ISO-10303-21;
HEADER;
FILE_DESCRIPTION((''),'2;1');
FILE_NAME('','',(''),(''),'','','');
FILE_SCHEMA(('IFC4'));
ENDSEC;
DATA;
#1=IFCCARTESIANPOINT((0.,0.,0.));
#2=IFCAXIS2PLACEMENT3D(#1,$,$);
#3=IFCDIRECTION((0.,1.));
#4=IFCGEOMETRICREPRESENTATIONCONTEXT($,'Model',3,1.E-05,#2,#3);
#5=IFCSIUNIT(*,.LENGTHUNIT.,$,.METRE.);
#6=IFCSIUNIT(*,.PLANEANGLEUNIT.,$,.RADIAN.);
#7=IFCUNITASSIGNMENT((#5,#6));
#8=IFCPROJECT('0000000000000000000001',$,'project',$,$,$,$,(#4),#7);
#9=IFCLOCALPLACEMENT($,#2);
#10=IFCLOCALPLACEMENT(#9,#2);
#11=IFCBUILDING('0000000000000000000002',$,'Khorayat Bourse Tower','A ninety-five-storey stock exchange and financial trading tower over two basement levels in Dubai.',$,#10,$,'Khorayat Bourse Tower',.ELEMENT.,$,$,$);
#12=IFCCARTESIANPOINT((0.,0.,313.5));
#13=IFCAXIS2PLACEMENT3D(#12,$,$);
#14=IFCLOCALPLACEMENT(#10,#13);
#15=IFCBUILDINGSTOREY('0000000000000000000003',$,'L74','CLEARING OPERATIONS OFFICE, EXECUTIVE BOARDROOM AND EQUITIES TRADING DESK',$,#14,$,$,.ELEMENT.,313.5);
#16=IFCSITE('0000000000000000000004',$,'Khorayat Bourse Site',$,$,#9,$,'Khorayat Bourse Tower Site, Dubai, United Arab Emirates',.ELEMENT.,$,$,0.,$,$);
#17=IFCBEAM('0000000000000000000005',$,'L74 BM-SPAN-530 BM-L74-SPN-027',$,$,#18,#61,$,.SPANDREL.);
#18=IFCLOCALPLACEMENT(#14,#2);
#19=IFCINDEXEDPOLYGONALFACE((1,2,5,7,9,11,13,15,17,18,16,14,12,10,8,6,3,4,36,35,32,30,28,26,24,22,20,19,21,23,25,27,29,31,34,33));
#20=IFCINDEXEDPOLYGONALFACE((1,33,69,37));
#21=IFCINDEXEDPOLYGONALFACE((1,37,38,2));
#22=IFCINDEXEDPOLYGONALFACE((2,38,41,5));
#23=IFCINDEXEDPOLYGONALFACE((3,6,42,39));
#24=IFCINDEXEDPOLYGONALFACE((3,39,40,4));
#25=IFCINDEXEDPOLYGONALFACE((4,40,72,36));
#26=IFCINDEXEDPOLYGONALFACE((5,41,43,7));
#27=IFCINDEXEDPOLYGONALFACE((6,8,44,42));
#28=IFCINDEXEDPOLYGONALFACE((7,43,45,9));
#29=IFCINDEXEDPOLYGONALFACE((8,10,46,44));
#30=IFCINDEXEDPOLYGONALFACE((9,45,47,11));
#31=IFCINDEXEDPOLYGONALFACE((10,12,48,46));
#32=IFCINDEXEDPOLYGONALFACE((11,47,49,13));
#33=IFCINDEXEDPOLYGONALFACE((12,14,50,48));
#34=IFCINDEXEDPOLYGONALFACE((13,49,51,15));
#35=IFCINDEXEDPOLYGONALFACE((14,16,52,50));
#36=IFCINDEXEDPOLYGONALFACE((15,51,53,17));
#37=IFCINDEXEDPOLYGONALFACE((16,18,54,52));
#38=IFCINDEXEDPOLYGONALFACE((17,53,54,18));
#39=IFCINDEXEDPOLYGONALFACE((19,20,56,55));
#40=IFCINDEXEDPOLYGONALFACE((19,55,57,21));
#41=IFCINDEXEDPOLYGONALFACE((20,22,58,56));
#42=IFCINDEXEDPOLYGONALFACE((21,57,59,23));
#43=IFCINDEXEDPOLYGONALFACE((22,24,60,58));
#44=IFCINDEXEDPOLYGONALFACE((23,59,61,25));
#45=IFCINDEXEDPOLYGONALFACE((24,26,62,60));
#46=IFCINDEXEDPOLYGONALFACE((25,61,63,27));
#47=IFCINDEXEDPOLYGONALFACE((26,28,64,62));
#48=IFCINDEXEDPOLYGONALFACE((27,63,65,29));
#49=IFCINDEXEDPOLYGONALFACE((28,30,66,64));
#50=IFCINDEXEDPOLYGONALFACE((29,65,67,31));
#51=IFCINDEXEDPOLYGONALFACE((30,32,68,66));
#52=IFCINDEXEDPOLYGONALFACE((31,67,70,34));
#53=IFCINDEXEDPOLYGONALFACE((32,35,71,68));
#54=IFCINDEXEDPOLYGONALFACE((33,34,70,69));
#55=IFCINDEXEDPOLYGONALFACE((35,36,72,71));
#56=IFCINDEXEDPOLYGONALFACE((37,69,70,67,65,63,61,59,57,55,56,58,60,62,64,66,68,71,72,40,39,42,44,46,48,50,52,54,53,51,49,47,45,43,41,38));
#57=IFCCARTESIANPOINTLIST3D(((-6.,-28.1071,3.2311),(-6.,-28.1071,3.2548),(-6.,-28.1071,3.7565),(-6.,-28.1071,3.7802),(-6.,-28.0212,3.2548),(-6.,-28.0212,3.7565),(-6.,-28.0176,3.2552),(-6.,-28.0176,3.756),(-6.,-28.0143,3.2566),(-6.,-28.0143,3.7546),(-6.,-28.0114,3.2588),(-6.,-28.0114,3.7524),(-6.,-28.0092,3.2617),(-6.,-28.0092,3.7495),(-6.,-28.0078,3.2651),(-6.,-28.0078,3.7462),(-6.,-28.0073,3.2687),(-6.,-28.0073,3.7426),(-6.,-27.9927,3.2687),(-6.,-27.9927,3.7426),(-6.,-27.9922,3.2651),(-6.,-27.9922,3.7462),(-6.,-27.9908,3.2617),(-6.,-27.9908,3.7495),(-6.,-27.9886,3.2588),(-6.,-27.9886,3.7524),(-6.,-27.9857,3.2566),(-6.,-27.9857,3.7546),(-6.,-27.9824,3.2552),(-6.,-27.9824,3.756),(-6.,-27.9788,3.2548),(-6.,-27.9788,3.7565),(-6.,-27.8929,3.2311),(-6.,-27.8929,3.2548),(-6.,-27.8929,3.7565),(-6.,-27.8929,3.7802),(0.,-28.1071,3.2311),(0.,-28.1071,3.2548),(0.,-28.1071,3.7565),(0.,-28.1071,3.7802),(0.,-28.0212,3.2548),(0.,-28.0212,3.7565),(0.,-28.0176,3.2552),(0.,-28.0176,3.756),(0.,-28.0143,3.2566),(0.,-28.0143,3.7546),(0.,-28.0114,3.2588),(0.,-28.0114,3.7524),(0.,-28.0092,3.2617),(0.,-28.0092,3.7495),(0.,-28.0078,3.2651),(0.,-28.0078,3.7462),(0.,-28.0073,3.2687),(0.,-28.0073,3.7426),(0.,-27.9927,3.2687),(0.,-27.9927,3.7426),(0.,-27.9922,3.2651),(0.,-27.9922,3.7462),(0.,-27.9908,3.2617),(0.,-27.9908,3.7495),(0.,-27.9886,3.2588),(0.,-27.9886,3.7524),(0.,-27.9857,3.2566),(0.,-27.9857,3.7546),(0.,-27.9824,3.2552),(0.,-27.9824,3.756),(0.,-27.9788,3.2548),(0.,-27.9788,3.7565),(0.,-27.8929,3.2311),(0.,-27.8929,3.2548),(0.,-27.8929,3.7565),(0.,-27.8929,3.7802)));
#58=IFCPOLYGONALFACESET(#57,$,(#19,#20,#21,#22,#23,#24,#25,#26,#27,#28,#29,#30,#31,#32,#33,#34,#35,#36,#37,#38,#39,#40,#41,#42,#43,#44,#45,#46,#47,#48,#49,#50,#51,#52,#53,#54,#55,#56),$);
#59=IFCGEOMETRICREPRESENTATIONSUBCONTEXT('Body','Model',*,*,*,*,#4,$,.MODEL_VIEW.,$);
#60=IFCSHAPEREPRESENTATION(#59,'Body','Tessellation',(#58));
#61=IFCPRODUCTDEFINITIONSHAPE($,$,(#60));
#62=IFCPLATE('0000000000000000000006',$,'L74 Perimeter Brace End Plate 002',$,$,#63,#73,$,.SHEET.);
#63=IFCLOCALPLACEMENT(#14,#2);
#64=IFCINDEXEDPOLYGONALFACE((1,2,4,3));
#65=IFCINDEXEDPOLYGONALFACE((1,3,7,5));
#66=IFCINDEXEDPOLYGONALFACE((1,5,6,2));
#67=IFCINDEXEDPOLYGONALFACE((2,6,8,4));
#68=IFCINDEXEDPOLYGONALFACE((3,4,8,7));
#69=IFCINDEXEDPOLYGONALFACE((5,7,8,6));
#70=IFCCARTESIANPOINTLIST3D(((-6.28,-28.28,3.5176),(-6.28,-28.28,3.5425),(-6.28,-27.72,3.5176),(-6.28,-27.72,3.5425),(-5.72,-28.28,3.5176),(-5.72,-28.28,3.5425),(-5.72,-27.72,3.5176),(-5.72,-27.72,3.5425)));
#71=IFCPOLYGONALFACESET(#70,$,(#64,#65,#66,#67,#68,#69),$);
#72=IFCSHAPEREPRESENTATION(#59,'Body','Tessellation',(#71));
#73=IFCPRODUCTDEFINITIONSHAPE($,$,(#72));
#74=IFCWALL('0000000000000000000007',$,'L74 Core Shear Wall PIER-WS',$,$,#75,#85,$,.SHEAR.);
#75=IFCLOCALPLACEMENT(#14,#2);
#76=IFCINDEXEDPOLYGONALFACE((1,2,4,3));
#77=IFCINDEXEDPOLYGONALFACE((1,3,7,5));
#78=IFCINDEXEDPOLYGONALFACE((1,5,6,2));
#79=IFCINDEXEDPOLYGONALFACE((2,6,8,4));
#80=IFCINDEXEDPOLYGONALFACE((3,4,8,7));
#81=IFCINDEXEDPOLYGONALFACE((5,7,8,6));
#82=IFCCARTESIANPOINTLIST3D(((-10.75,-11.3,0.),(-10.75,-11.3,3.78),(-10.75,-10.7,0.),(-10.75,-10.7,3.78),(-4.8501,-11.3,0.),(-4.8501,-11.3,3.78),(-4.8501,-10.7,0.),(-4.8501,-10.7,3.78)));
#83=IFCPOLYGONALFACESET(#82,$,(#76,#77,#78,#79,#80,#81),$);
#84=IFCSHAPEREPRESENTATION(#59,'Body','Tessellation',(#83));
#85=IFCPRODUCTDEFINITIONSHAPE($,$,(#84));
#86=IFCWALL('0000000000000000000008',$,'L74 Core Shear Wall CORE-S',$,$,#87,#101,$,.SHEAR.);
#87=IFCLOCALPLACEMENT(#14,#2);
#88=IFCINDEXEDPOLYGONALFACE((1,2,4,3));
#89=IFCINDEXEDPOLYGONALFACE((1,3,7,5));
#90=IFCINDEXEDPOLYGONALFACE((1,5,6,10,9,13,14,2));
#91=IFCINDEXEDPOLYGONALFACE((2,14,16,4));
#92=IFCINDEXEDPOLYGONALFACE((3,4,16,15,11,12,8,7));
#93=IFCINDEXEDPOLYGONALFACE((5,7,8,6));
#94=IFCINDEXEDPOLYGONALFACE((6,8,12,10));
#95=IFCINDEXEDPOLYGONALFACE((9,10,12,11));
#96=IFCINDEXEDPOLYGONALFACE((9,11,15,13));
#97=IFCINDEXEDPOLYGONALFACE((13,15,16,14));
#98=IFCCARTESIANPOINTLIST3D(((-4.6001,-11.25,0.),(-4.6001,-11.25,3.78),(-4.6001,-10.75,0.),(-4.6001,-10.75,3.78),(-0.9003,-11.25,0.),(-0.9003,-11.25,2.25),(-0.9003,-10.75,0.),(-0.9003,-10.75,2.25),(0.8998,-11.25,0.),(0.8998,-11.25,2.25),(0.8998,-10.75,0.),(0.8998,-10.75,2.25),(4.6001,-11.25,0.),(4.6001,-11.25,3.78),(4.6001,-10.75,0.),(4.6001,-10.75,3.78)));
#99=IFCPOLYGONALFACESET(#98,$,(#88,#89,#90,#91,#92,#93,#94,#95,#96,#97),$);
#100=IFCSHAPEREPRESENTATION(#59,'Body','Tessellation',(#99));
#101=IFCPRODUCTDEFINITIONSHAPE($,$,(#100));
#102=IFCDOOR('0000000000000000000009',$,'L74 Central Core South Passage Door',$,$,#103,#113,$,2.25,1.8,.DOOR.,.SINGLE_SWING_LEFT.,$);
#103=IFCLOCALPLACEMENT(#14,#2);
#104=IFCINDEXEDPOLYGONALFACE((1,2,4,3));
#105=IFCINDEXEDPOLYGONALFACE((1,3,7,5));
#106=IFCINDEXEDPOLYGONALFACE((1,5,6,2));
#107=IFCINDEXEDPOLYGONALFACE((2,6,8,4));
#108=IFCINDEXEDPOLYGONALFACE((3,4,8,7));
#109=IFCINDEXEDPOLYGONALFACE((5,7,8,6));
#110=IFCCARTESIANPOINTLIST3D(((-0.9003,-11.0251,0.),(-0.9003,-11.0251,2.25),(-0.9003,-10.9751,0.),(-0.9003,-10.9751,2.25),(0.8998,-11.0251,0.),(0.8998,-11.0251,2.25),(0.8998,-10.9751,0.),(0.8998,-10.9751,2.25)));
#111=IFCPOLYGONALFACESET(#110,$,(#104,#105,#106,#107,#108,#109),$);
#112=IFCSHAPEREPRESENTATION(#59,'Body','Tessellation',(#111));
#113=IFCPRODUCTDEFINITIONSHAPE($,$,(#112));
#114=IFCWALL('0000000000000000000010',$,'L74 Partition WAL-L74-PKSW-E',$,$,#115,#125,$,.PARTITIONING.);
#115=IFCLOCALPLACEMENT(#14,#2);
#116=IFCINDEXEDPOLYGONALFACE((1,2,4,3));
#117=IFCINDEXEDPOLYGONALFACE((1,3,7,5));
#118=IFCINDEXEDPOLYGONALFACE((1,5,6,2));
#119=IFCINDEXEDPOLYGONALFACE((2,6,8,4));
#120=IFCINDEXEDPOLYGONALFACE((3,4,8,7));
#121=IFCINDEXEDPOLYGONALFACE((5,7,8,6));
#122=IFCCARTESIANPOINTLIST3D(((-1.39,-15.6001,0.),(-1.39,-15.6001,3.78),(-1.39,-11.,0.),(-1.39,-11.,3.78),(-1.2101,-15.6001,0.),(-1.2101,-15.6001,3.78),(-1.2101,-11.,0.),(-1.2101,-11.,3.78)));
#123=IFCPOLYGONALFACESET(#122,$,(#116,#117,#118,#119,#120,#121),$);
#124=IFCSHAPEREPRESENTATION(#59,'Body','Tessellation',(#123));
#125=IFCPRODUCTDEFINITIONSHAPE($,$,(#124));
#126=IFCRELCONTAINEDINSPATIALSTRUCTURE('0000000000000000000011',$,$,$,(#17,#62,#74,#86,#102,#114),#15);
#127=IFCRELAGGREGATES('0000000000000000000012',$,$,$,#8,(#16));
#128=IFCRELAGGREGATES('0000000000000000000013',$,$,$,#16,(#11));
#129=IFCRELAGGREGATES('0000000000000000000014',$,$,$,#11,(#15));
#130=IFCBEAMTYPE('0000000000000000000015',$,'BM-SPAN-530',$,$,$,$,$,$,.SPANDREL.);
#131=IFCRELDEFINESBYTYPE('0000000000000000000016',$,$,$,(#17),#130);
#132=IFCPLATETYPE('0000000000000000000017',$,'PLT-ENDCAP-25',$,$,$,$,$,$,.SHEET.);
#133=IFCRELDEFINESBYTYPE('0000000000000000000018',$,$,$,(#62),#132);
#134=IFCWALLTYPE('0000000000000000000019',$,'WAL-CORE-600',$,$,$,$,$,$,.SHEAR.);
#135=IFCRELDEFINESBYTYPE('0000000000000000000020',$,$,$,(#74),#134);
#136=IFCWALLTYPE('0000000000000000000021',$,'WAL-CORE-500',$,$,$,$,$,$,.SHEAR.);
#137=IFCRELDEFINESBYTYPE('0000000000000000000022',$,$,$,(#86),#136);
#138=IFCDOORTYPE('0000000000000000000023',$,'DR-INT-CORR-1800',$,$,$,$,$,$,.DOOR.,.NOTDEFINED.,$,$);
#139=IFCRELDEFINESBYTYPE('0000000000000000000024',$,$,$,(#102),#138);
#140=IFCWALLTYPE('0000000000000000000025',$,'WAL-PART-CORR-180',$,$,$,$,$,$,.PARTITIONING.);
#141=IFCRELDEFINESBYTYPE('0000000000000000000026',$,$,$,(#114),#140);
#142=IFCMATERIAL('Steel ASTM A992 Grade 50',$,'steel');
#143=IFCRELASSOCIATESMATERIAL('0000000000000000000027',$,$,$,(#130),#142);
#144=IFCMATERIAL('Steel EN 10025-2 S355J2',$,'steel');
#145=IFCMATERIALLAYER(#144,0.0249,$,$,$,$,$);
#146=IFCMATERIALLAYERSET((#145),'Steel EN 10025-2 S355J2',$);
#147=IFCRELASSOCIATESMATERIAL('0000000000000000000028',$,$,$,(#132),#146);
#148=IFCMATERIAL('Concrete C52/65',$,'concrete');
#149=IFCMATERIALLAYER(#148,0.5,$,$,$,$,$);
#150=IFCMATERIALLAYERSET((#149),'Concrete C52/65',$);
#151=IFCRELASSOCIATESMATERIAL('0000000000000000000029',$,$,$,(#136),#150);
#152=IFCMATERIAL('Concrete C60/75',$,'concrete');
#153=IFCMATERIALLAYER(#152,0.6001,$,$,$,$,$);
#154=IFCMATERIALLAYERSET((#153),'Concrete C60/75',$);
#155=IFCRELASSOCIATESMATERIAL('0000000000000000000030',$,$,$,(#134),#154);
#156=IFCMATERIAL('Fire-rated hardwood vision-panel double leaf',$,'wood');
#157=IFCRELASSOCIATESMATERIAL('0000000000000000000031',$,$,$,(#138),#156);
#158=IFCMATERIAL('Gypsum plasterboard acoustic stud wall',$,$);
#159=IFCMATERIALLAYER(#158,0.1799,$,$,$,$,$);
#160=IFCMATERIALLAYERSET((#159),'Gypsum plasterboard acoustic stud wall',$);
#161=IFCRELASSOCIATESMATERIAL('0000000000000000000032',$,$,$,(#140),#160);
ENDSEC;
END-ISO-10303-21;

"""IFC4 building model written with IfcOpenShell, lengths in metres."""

from ifc_helpers import new_model, si_unit, direction, frame, frame_2d, origin, origin_2d, place, context, subcontext, project, spatial, rectangle, i_section, extrude, source, transform, mapped, material, layer, layer_set, material_profile, profile_set, type_object, element, fill, save


model = new_model("IFC4")

# Units and contexts
model_context = context("Model", 3, precision=1e-05, world=origin(), true_north=direction((0.0, 1.0)))
body_context = subcontext(model_context, "Body", "Model", "MODEL_VIEW")
ifc_project = project(units=[si_unit("LENGTHUNIT", "METRE"), si_unit("PLANEANGLEUNIT", "RADIAN")], contexts=[model_context])

# Site, building, storey
site_placement = place(None, origin())
site = spatial("IfcSite", under=ifc_project, at=site_placement, Name="Khorayat Bourse Site", LongName="Khorayat Bourse Tower Site, Dubai, United Arab Emirates", CompositionType="ELEMENT", RefElevation=0.0)
building_placement = place(site_placement, origin())
building = spatial("IfcBuilding", under=site, at=building_placement, Name="Khorayat Bourse Tower", Description="A ninety-five-storey stock exchange and financial trading tower over two basement levels in Dubai.", LongName="Khorayat Bourse Tower", CompositionType="ELEMENT")
storey_placement = place(building_placement, frame((0.0, 0.0, 313.5)))
storey = spatial("IfcBuildingStorey", under=building, at=storey_placement, Name="L74", Description="CLEARING OPERATIONS OFFICE, EXECUTIVE BOARDROOM AND EQUITIES TRADING DESK", CompositionType="ELEMENT", Elevation=313.5)

# Shared definitions
ifc_material_1 = material(Name="Concrete C52/65", Category="concrete")

# Beam
ifc_material_2 = material(Name="Concrete C60/75", Category="concrete")
ifc_material_3 = material(Name="Steel ASTM A992 Grade 50", Category="steel")
ifc_material_profile_1 = material_profile(ifc_material_3, i_section(OverallWidth=0.2141, OverallDepth=0.5491, WebThickness=0.0146, FlangeThickness=0.0237, FilletRadius=0.0139, at=origin_2d()), Name="W530X138")
ifc_profile_set_1 = profile_set([ifc_material_profile_1], Name="Steel ASTM A992 Grade 50")
beam_type_1 = type_object("IfcBeamType", Name="BM-SPAN-530", PredefinedType="SPANDREL", material=ifc_profile_set_1)
shared_shape_1 = source(origin(), body_context, "Body", "SweptSolid", [
    extrude(i_section(OverallWidth=0.2141, OverallDepth=0.5491, WebThickness=0.0146, FlangeThickness=0.0237, FilletRadius=0.0139, at=origin_2d()), origin(), (0.0, 0.0, 1.0), 6.0),
])
beam_1_placement = place(storey_placement, frame((-6.0, -28.0, 3.5056), z_axis=(1.0, 0.0, 0.0), x_axis=(0.0, 1.0, 0.0)))
element("IfcBeam", 1, at=beam_1_placement, inside=storey, type_object=beam_type_1, Name="L74 BM-SPAN-530 BM-L74-SPN-027", PredefinedType="SPANDREL", context=body_context, shape_type="MappedRepresentation", body=[
    mapped(shared_shape_1, transform((0.0, 0.0, 0.0), scale=1.0)),
])

# Plate
ifc_material_4 = material(Name="Steel EN 10025-2 S355J2", Category="steel")
ifc_layer_1 = layer(ifc_material_4, 0.0249)
ifc_layer_set_1 = layer_set([ifc_layer_1], Name="Steel EN 10025-2 S355J2")
plate_type = type_object("IfcPlateType", Name="PLT-ENDCAP-25", PredefinedType="SHEET", material=ifc_layer_set_1)
shared_shape_2 = source(origin(), body_context, "Body", "SweptSolid", [
    extrude(rectangle(XDim=0.5601, YDim=0.5601, at=origin_2d()), origin(), (0.0, 0.0, 1.0), 0.0249),
])
plate_placement = place(storey_placement, frame((-6.0, -28.0, 3.5176), z_axis=(0.0, 0.0, 1.0), x_axis=(1.0, 0.0, 0.0)))
element("IfcPlate", 2, at=plate_placement, inside=storey, type_object=plate_type, Name="L74 Perimeter Brace End Plate 002", PredefinedType="SHEET", context=body_context, shape_type="MappedRepresentation", body=[
    mapped(shared_shape_2, transform((0.0, 0.0, 0.0), scale=1.0)),
])

# Shared definitions
ifc_layer_2 = layer(ifc_material_1, 0.5)
ifc_layer_set_2 = layer_set([ifc_layer_2], Name="Concrete C52/65")
wall_type_1 = type_object("IfcWallType", Name="WAL-CORE-500", PredefinedType="SHEAR", material=ifc_layer_set_2)

# Wall
ifc_layer_3 = layer(ifc_material_2, 0.6001)
ifc_layer_set_3 = layer_set([ifc_layer_3], Name="Concrete C60/75")
wall_type_2 = type_object("IfcWallType", Name="WAL-CORE-600", PredefinedType="SHEAR", material=ifc_layer_set_3)
shared_shape_3 = source(origin(), body_context, "Body", "SweptSolid", [
    extrude(rectangle(XDim=5.8999, YDim=0.6001, at=frame_2d((2.95, 0.0))), origin(), (0.0, 0.0, 1.0), 3.78),
])
wall_1_placement = place(storey_placement, frame((-10.75, -11.0, 0.0), z_axis=(0.0, 0.0, 1.0), x_axis=(1.0, 0.0, 0.0)))
element("IfcWall", 3, at=wall_1_placement, inside=storey, type_object=wall_type_2, Name="L74 Core Shear Wall PIER-WS", PredefinedType="SHEAR", context=body_context, shape_type="MappedRepresentation", body=[
    mapped(shared_shape_3, transform((0.0, 0.0, 0.0), scale=1.0)),
])

# Wall, opening, door
shared_shape_4 = source(origin(), body_context, "Body", "SweptSolid", [
    extrude(rectangle(XDim=9.2002, YDim=0.5, at=frame_2d((4.6001, 0.0))), origin(), (0.0, 0.0, 1.0), 3.78),
])
wall_2_placement = place(storey_placement, frame((-4.6001, -11.0, 0.0), z_axis=(0.0, 0.0, 1.0), x_axis=(1.0, 0.0, 0.0)))
wall_2 = element("IfcWall", 4, at=wall_2_placement, inside=storey, type_object=wall_type_1, Name="L74 Core Shear Wall CORE-S", PredefinedType="SHEAR", context=body_context, shape_type="MappedRepresentation", body=[
    mapped(shared_shape_4, transform((0.0, 0.0, 0.0), scale=1.0)),
])
shared_shape_5 = source(origin(), body_context, "Body", "SweptSolid", [
    extrude(rectangle(XDim=1.8, YDim=2.25, at=frame_2d((0.8999, 1.125))), frame((0.0, 0.26, 0.0), z_axis=(0.0, -1.0, 0.0), x_axis=(1.0, 0.0, 0.0)), (0.0, 0.0, 1.0), 0.52),
])
opening_1_placement = place(wall_2_placement, frame((3.7, 0.0, 0.0)))
opening_1 = element("IfcOpeningElement", 5, at=opening_1_placement, cuts=wall_2, PredefinedType="OPENING", context=body_context, shape_type="MappedRepresentation", body=[
    mapped(shared_shape_5, transform((0.0, 0.0, 0.0), scale=1.0)),
])
ifc_material_5 = material(Name="Fire-rated hardwood vision-panel double leaf", Category="wood")
door_type_1 = type_object("IfcDoorType", Name="DR-INT-CORR-1800", OperationType="NOTDEFINED", PredefinedType="DOOR", material=ifc_material_5)
shared_shape_6 = source(origin(), body_context, "Body", "SweptSolid", [
    extrude(rectangle(XDim=1.8, YDim=2.25, at=frame_2d((0.8999, 1.125))), frame((0.0, 0.0249, 0.0), z_axis=(0.0, -1.0, 0.0), x_axis=(1.0, 0.0, 0.0)), (0.0, 0.0, 1.0), 0.05),
])
door_1_placement = place(opening_1_placement, origin())
door_1 = element("IfcDoor", 6, at=door_1_placement, inside=storey, type_object=door_type_1, Name="L74 Central Core South Passage Door", OperationType="SINGLE_SWING_LEFT", OverallHeight=2.25, OverallWidth=1.8, PredefinedType="DOOR", context=body_context, shape_type="MappedRepresentation", body=[
    mapped(shared_shape_6, transform((0.0, 0.0, 0.0), scale=1.0)),
])
fill(opening_1, door_1)

# Wall
ifc_material_6 = material(Name="Gypsum plasterboard acoustic stud wall")
ifc_layer_4 = layer(ifc_material_6, 0.1799)
ifc_layer_set_4 = layer_set([ifc_layer_4], Name="Gypsum plasterboard acoustic stud wall")
wall_type_3 = type_object("IfcWallType", Name="WAL-PART-CORR-180", PredefinedType="PARTITIONING", material=ifc_layer_set_4)
shared_shape_7 = source(origin(), body_context, "Body", "SweptSolid", [
    extrude(rectangle(XDim=4.6001, YDim=0.1799, at=frame_2d((2.3, 0.0))), origin(), (0.0, 0.0, 1.0), 3.78),
])
wall_3_placement = place(storey_placement, frame((-1.3, -15.6001, 0.0), z_axis=(0.0, 0.0, 1.0), x_axis=(0.0, 1.0, 0.0)))
element("IfcWall", 7, at=wall_3_placement, inside=storey, type_object=wall_type_3, Name="L74 Partition WAL-L74-PKSW-E", PredefinedType="PARTITIONING", context=body_context, shape_type="MappedRepresentation", body=[
    mapped(shared_shape_7, transform((0.0, 0.0, 0.0), scale=1.0)),
])

save(model, "model.ifc")
